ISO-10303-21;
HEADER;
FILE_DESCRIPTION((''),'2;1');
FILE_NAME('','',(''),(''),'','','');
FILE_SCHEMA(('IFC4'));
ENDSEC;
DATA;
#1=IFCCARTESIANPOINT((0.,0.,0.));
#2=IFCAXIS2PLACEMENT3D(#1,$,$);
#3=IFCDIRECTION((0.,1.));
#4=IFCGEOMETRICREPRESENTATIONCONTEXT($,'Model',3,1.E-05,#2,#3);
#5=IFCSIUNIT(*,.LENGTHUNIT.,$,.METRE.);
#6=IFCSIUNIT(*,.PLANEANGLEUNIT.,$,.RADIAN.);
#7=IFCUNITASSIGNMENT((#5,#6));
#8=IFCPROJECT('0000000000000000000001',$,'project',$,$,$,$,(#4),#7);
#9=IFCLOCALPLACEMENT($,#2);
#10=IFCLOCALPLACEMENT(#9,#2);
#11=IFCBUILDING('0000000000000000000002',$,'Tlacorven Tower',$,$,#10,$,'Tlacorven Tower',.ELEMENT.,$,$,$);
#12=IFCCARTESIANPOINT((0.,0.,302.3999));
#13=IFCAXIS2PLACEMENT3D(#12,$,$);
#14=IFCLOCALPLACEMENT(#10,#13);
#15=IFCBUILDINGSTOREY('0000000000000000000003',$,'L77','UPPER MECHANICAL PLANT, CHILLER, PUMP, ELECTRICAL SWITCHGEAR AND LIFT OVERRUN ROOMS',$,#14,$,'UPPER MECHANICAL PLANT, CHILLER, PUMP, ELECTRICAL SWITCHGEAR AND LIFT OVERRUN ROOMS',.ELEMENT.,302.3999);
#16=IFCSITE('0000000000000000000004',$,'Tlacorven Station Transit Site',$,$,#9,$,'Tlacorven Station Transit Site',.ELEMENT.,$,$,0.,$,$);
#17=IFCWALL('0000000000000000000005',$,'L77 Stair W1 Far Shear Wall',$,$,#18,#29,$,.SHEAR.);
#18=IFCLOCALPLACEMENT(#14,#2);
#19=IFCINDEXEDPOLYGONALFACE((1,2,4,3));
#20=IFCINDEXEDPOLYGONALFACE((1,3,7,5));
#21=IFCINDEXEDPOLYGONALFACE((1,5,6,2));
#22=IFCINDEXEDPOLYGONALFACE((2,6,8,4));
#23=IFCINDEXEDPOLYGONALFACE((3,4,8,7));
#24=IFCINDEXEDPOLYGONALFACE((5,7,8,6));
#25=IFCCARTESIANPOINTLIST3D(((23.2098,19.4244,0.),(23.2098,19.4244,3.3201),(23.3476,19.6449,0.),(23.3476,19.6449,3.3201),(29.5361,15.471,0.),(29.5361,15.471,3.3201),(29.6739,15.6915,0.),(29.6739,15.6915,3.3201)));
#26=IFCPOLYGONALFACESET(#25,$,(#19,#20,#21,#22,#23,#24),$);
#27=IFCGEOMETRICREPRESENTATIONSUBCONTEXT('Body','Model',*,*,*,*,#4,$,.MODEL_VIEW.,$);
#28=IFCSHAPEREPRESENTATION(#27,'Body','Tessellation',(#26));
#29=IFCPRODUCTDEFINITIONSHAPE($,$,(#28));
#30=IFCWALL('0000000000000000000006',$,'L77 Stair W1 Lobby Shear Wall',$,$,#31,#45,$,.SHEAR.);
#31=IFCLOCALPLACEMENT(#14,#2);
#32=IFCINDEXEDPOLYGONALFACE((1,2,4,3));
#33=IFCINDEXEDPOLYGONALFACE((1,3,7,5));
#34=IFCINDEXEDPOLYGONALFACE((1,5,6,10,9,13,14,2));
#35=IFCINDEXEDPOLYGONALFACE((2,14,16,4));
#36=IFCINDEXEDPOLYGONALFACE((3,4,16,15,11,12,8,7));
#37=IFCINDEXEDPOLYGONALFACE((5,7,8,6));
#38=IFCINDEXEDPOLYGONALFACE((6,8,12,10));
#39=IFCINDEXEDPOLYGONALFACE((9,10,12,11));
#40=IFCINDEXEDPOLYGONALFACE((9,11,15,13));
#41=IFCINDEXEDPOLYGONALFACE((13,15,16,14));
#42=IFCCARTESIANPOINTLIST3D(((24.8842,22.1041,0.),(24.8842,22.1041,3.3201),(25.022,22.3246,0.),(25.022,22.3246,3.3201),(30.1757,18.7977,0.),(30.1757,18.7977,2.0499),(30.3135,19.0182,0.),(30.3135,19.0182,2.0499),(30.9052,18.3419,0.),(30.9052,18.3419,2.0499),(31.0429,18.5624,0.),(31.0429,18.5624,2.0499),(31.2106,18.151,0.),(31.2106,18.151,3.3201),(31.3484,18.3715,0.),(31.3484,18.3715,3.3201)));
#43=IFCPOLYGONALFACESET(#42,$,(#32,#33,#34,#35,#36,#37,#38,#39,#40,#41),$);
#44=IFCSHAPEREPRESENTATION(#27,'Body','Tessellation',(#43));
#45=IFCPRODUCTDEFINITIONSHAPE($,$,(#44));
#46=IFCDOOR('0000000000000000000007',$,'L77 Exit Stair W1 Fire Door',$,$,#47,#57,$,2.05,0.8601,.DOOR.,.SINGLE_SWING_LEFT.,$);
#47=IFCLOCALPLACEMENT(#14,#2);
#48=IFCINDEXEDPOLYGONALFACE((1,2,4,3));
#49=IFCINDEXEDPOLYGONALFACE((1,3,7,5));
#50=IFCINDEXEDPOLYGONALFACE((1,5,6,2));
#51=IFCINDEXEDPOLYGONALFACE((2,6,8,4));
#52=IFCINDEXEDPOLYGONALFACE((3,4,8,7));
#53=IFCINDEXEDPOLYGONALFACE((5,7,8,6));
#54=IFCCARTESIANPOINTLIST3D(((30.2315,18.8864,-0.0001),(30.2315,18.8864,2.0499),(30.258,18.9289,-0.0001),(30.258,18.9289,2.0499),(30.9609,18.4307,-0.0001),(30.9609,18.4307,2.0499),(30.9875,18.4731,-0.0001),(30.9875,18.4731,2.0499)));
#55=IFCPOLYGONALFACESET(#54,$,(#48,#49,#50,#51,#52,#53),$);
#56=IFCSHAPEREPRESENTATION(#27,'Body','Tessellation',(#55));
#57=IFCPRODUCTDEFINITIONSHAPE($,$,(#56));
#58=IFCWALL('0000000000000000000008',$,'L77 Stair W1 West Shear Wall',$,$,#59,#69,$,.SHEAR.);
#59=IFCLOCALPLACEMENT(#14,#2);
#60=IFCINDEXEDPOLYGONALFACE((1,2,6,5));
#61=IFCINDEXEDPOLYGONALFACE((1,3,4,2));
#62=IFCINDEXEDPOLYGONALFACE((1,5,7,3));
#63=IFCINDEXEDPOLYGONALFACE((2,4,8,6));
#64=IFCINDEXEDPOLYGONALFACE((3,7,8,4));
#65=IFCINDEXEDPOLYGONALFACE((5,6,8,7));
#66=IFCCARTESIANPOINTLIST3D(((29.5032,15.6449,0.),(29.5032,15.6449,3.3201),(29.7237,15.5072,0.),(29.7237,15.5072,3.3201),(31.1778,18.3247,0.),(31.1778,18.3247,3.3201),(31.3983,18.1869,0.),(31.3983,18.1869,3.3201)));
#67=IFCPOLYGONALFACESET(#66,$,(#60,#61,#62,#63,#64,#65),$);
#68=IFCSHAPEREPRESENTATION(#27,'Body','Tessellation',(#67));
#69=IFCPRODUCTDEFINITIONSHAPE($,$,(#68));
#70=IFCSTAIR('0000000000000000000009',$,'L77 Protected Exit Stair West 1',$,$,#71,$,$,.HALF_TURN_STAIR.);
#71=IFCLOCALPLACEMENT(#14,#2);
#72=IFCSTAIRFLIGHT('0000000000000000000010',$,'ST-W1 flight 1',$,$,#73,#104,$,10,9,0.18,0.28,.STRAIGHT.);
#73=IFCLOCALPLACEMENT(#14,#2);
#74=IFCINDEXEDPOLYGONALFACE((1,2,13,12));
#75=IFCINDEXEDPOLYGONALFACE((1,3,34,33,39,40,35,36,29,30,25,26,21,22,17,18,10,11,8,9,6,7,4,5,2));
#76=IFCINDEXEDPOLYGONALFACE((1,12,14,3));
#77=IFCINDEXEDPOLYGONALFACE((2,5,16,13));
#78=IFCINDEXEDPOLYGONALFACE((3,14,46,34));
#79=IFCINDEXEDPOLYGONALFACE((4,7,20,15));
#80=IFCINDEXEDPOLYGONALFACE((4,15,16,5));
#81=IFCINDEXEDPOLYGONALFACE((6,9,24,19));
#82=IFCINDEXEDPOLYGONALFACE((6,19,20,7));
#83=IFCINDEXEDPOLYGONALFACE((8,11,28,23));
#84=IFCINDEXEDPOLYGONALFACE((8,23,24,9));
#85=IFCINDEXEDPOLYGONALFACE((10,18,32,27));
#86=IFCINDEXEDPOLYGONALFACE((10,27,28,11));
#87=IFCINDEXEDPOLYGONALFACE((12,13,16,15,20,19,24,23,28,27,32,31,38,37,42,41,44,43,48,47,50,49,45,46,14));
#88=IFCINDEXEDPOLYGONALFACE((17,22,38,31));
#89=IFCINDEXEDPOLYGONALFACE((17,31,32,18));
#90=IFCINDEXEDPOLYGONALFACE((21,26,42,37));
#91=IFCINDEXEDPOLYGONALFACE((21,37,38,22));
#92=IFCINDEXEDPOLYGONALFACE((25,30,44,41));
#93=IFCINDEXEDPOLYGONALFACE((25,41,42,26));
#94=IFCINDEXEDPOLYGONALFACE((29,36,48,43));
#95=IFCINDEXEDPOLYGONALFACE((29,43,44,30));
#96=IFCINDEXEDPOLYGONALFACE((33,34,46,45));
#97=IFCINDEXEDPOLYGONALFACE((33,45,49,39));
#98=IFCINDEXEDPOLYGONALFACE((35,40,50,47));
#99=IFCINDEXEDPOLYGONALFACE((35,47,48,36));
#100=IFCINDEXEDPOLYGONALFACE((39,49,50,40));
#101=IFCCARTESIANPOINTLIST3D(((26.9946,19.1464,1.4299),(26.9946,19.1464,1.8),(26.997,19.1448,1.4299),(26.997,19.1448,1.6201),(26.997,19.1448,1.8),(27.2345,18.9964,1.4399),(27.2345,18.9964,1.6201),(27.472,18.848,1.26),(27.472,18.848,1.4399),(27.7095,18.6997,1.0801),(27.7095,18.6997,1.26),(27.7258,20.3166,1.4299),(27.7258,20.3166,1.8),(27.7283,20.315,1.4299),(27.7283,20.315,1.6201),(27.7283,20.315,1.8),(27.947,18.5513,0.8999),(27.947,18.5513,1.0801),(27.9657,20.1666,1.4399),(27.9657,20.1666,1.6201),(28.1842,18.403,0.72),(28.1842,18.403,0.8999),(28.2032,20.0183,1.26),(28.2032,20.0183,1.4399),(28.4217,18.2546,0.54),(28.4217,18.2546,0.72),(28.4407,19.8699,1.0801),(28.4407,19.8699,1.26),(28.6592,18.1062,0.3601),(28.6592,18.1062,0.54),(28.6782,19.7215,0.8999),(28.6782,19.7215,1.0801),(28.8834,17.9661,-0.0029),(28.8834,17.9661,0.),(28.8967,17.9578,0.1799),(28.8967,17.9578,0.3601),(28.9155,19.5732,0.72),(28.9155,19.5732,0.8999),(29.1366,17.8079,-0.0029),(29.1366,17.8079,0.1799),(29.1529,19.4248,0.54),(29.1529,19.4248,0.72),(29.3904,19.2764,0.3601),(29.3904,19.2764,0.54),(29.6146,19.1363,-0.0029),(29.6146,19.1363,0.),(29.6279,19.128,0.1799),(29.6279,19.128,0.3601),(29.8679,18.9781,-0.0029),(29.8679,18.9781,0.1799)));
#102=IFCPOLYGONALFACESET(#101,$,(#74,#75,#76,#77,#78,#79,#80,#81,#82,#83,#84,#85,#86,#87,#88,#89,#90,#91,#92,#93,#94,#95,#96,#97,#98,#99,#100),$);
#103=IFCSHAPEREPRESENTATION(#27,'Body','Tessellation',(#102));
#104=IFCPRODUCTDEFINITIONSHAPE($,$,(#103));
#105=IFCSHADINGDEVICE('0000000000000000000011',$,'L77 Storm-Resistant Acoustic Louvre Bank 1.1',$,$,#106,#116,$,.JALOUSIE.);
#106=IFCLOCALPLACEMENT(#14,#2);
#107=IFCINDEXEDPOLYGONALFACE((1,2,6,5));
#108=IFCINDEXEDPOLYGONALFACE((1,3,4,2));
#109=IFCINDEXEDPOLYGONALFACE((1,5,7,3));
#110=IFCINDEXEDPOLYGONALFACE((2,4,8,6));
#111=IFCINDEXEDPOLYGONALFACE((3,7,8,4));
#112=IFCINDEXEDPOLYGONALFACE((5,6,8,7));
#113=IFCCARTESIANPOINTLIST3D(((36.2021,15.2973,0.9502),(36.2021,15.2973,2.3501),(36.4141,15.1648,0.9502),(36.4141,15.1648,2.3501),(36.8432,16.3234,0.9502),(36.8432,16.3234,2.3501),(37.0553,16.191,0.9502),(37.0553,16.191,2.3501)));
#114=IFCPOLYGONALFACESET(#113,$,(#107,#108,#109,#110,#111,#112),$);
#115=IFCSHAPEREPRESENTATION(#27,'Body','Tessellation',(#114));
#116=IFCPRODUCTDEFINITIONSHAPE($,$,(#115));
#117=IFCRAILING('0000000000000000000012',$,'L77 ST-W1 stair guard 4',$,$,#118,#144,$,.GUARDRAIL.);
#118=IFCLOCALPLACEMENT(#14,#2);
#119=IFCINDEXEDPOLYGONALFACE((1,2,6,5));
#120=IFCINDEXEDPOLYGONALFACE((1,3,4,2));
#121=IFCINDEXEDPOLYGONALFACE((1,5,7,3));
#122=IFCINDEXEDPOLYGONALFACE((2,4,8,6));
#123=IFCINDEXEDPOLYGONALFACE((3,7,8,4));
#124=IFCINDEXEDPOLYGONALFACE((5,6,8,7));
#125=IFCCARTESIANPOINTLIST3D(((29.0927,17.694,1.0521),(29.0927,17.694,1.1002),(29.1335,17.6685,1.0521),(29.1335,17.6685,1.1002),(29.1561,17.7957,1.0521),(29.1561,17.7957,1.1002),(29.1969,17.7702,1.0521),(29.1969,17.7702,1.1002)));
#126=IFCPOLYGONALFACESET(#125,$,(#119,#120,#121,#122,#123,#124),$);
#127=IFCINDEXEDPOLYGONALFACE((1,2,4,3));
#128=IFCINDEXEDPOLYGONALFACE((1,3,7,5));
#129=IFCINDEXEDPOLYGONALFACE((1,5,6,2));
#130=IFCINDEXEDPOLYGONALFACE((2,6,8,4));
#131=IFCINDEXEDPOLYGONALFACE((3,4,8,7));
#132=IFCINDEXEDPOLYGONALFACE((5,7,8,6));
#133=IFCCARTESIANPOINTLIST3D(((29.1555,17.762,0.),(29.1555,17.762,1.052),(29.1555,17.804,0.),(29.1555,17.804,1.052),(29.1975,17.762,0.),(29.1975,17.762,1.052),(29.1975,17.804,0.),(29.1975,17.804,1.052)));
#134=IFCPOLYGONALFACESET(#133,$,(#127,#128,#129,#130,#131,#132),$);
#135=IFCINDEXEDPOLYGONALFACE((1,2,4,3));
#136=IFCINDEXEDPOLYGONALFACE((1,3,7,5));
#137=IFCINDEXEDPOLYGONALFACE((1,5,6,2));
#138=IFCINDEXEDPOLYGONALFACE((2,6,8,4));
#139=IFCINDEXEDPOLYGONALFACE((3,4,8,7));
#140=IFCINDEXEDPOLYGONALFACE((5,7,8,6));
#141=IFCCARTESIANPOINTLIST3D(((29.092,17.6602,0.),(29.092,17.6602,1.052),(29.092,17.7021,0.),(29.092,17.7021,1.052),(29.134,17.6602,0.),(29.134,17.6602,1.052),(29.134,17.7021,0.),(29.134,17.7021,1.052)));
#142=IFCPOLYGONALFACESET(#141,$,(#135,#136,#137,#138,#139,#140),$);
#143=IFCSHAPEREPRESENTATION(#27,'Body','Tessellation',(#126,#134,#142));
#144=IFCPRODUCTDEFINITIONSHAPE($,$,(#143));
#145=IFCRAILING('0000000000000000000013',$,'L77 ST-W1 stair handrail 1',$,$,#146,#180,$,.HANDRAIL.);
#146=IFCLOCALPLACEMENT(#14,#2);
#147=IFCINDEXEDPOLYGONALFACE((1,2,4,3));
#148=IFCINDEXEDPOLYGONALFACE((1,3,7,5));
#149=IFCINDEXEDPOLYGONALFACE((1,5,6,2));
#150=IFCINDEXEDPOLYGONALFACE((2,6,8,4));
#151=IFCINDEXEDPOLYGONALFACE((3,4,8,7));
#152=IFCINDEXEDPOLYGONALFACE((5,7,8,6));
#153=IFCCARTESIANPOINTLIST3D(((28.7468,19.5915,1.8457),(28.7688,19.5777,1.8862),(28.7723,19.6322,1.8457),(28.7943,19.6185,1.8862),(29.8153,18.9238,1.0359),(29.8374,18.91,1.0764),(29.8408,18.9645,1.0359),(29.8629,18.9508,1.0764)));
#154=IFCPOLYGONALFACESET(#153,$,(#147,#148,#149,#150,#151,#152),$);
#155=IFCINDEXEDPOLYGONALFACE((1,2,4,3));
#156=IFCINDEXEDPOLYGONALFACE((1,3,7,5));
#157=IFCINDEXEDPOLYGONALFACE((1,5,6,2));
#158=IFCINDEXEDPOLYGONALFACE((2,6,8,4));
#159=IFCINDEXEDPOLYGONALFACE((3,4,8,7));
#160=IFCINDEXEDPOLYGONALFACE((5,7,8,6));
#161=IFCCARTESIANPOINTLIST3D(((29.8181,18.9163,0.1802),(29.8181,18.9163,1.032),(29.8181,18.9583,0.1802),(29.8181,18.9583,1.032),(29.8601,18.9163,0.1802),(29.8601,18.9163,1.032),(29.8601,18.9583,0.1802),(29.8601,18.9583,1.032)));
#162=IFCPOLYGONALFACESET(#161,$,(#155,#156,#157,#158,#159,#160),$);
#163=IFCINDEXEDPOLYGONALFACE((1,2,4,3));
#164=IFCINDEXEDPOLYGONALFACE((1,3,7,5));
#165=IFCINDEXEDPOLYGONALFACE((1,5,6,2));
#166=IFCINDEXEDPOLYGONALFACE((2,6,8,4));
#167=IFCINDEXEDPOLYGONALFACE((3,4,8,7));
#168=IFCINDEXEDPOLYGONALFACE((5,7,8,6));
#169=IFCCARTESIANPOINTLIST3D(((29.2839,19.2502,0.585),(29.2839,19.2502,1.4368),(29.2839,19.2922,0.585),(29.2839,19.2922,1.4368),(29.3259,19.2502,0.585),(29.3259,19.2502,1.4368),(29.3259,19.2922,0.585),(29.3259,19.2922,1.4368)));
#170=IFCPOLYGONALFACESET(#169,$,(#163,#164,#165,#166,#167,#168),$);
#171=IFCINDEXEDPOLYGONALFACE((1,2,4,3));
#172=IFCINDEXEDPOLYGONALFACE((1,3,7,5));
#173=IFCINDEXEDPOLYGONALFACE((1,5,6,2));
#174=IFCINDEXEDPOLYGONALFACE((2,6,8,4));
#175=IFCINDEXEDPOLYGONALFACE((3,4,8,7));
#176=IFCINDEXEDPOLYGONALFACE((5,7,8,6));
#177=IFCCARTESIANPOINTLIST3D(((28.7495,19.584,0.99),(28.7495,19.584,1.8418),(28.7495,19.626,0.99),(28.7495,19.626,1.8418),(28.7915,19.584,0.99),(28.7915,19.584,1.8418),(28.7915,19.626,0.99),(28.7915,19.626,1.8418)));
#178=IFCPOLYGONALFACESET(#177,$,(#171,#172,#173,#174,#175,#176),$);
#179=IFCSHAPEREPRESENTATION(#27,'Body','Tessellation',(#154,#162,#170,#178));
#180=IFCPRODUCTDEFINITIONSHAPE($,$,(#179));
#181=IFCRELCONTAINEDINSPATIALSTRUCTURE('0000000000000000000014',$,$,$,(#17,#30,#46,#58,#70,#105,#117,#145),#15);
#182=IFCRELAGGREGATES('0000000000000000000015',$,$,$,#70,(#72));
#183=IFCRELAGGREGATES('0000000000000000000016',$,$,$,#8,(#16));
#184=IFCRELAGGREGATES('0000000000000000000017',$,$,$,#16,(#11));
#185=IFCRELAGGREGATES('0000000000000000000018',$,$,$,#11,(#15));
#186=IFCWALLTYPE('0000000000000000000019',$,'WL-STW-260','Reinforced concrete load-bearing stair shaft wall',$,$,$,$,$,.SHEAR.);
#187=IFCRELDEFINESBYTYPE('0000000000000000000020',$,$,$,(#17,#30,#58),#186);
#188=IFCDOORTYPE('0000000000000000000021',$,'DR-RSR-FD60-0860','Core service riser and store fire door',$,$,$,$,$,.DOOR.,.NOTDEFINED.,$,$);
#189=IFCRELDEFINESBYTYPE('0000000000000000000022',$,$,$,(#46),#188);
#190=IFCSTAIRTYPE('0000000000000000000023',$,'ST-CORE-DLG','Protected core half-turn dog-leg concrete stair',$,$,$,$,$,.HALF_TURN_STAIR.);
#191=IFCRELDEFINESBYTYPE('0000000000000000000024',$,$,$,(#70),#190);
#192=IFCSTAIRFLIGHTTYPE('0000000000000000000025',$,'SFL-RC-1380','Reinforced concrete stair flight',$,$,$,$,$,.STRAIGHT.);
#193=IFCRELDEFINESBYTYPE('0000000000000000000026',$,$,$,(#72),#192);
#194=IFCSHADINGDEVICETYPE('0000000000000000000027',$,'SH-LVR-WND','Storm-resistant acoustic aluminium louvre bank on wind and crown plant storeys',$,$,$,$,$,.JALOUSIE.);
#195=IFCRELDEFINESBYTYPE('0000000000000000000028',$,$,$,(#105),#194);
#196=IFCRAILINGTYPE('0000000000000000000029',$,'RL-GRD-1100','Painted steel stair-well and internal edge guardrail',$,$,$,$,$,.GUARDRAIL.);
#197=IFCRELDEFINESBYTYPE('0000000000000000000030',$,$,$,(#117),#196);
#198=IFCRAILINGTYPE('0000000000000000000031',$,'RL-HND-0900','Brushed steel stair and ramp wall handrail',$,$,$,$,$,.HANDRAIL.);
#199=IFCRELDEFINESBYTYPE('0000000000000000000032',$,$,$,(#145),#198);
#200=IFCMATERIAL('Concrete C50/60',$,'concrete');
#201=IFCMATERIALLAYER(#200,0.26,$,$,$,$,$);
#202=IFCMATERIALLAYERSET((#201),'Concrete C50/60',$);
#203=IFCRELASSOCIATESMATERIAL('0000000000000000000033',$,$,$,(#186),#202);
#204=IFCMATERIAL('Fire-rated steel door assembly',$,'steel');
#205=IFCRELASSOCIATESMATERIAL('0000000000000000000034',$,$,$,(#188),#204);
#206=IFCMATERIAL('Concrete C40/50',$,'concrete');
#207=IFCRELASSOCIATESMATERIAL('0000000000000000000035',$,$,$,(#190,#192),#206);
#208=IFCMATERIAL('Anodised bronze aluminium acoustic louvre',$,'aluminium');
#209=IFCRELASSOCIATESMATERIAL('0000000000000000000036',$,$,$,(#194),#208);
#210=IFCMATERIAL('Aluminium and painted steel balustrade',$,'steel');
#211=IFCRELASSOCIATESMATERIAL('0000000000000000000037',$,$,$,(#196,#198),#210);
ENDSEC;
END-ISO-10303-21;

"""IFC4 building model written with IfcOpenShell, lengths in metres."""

from ifc_helpers import new_model, si_unit, direction, frame, frame_2d, origin, origin_2d, place, context, subcontext, project, spatial, polyline, rectangle, outline, extrude, source, transform, mapped, material, layer, layer_set, type_object, element, fill, aggregate, save


model = new_model("IFC4")

# Units and contexts
model_context = context("Model", 3, precision=1e-05, world=origin(), true_north=direction((0.0, 1.0)))
body_context = subcontext(model_context, "Body", "Model", "MODEL_VIEW")
ifc_project = project(units=[si_unit("LENGTHUNIT", "METRE"), si_unit("PLANEANGLEUNIT", "RADIAN")], contexts=[model_context])

# Site, building, storey
site_placement = place(None, origin())
site = spatial("IfcSite", under=ifc_project, at=site_placement, Name="Tlacorven Station Transit Site", LongName="Tlacorven Station Transit Site", CompositionType="ELEMENT", RefElevation=0.0)
building_placement = place(site_placement, origin())
building = spatial("IfcBuilding", under=site, at=building_placement, Name="Tlacorven Tower", LongName="Tlacorven Tower", CompositionType="ELEMENT")
storey_placement = place(building_placement, frame((0.0, 0.0, 302.3999)))
storey = spatial("IfcBuildingStorey", under=building, at=storey_placement, Name="L77", Description="UPPER MECHANICAL PLANT, CHILLER, PUMP, ELECTRICAL SWITCHGEAR AND LIFT OVERRUN ROOMS", LongName="UPPER MECHANICAL PLANT, CHILLER, PUMP, ELECTRICAL SWITCHGEAR AND LIFT OVERRUN ROOMS", CompositionType="ELEMENT", Elevation=302.3999)

# Shared definitions
ifc_material_1 = material(Name="Concrete C50/60", Category="concrete")

# Shared definitions
ifc_material_2 = material(Name="Concrete C40/50", Category="concrete")
ifc_material_3 = material(Name="Fire-rated steel door assembly", Category="steel")

# Wall
ifc_layer_1 = layer(ifc_material_1, 0.26)
ifc_layer_set_1 = layer_set([ifc_layer_1], Name="Concrete C50/60")
wall_type_1 = type_object("IfcWallType", Name="WL-STW-260", Description="Reinforced concrete load-bearing stair shaft wall", PredefinedType="SHEAR", material=ifc_layer_set_1)
wall_1_placement = place(storey_placement, frame((29.605, 15.5813, 0.0), z_axis=(0.0, 0.0, 1.0), x_axis=(-0.848037, 0.529937, 0.0)))
element("IfcWall", 1, at=wall_1_placement, inside=storey, type_object=wall_type_1, Name="L77 Stair W1 Far Shear Wall", PredefinedType="SHEAR", context=body_context, shape_type="SweptSolid", body=[
    extrude(rectangle(XDim=7.46, YDim=0.26, at=frame_2d((3.73, 0.0))), origin(), (0.0, 0.0, 1.0), 3.3201),
])

# Wall, opening, door
wall_2_placement = place(storey_placement, frame((31.2795, 18.2612, 0.0), z_axis=(0.0, 0.0, 1.0), x_axis=(-0.848052, 0.529914, 0.0)))
wall_2 = element("IfcWall", 2, at=wall_2_placement, inside=storey, type_object=wall_type_1, Name="L77 Stair W1 Lobby Shear Wall", PredefinedType="SHEAR", context=body_context, shape_type="SweptSolid", body=[
    extrude(rectangle(XDim=7.46, YDim=0.26, at=frame_2d((3.73, 0.0))), origin(), (0.0, 0.0, 1.0), 3.3201),
])
opening_1_placement = place(wall_2_placement, frame((0.3601, 0.0, 0.0)))
opening_1 = element("IfcOpeningElement", 3, at=opening_1_placement, cuts=wall_2, PredefinedType="OPENING", context=body_context, shape_type="SweptSolid", body=[
    extrude(rectangle(XDim=0.8601, YDim=2.05, at=frame_2d((0.4302, 1.0249))), frame((0.0, 0.1401, 0.0), z_axis=(0.0, -1.0, 0.0), x_axis=(1.0, 0.0, 0.0)), (0.0, 0.0, 1.0), 0.28),
])
door_type_1 = type_object("IfcDoorType", Name="DR-RSR-FD60-0860", Description="Core service riser and store fire door", OperationType="NOTDEFINED", PredefinedType="DOOR", material=ifc_material_3)
shared_shape_1 = source(origin(), body_context, "Body", "SweptSolid", [
    extrude(rectangle(XDim=0.8601, YDim=2.05, at=frame_2d((0.4302, 1.0249))), frame((0.0, 0.0249, 0.0), z_axis=(0.0, -1.0, 0.0), x_axis=(1.0, 0.0, 0.0)), (0.0, 0.0, 1.0), 0.05),
])
door_1_placement = place(opening_1_placement, frame((0.8601, 0.0, 0.0), z_axis=(0.0, 0.0, 1.0), x_axis=(-1.0, 0.0, 0.0)))
door_1 = element("IfcDoor", 4, at=door_1_placement, inside=storey, type_object=door_type_1, Name="L77 Exit Stair W1 Fire Door", OperationType="SINGLE_SWING_LEFT", OverallHeight=2.05, OverallWidth=0.8601, PredefinedType="DOOR", context=body_context, shape_type="MappedRepresentation", body=[
    mapped(shared_shape_1, transform((0.0, 0.0, 0.0), scale=1.0)),
])
fill(opening_1, door_1)

# Wall
wall_3_placement = place(storey_placement, frame((31.2881, 18.2559, 0.0), z_axis=(0.0, 0.0, 1.0), x_axis=(-0.529943, -0.848033, 0.0)))
element("IfcWall", 5, at=wall_3_placement, inside=storey, type_object=wall_type_1, Name="L77 Stair W1 West Shear Wall", PredefinedType="SHEAR", context=body_context, shape_type="SweptSolid", body=[
    extrude(rectangle(XDim=3.1599, YDim=0.26, at=frame_2d((1.5801, 0.0))), origin(), (0.0, 0.0, 1.0), 3.3201),
])

# Stair, stair flight
stair_type = type_object("IfcStairType", Name="ST-CORE-DLG", Description="Protected core half-turn dog-leg concrete stair", PredefinedType="HALF_TURN_STAIR", material=ifc_material_2)
stair_placement = place(storey_placement, origin())
stair = element("IfcStair", 6, at=stair_placement, inside=storey, type_object=stair_type, Name="L77 Protected Exit Stair West 1", PredefinedType="HALF_TURN_STAIR")
stair_flight_type = type_object("IfcStairFlightType", Name="SFL-RC-1380", Description="Reinforced concrete stair flight", PredefinedType="STRAIGHT", material=ifc_material_2)
shared_shape_2 = source(origin(), body_context, "Body", "SweptSolid", [
    extrude(outline(polyline([(-0.0029, -0.0029), (-0.0029, 0.1799), (0.28, 0.1799), (0.28, 0.3601), (0.5601, 0.3601), (0.5601, 0.54), (0.8401, 0.54), (0.8401, 0.72), (1.1201, 0.72), (1.1201, 0.8999), (1.3999, 0.8999), (1.3999, 1.0801), (1.6799, 1.0801), (1.6799, 1.26), (1.96, 1.26), (1.96, 1.4399), (2.24, 1.4399), (2.24, 1.6201), (2.52, 1.6201), (2.52, 1.8), (2.5229, 1.8), (2.5229, 1.4299), (2.52, 1.4299), (0.2957, 0.0), (0.2957, -0.0029), (-0.0029, -0.0029)])), frame((0.0, 0.6899, 0.0), z_axis=(0.0, -1.0, 0.0), x_axis=(1.0, 0.0, 0.0)), (0.0, 0.0, 1.0), 1.3799),
])
stair_flight_placement = place(storey_placement, frame((29.4998, 18.3945, 0.0), z_axis=(0.0, 0.0, 1.0), x_axis=(-0.848048, 0.529919, 0.0)))
stair_flight = element("IfcStairFlight", 7, at=stair_flight_placement, type_object=stair_flight_type, Name="ST-W1 flight 1", NumberOfRisers=10, NumberOfTreads=9, PredefinedType="STRAIGHT", RiserHeight=0.18, TreadLength=0.28, context=body_context, shape_type="MappedRepresentation", body=[
    mapped(shared_shape_2, transform((0.0, 0.0, 0.0), scale=1.0)),
])
aggregate(stair, [stair_flight])

# Shading device
ifc_material_4 = material(Name="Anodised bronze aluminium acoustic louvre", Category="aluminium")
shading_device_type = type_object("IfcShadingDeviceType", Name="SH-LVR-WND", Description="Storm-resistant acoustic aluminium louvre bank on wind and crown plant storeys", PredefinedType="JALOUSIE", material=ifc_material_4)
shared_shape_3 = source(origin(), body_context, "Body", "SweptSolid", [
    extrude(rectangle(XDim=1.21, YDim=0.25, at=origin_2d()), origin(), (0.0, 0.0, 1.0), 1.3999),
])
shading_device_placement = place(storey_placement, frame((36.6287, 15.7441, 0.9502), z_axis=(0.0, 0.0, 1.0), x_axis=(-0.529919, -0.848048, 0.0)))
element("IfcShadingDevice", 8, at=shading_device_placement, inside=storey, type_object=shading_device_type, Name="L77 Storm-Resistant Acoustic Louvre Bank 1.1", PredefinedType="JALOUSIE", context=body_context, shape_type="MappedRepresentation", body=[
    mapped(shared_shape_3, transform((0.0, 0.0, 0.0), scale=1.0)),
])

# Railings
ifc_material_5 = material(Name="Aluminium and painted steel balustrade", Category="steel")
railing_type_1 = type_object("IfcRailingType", Name="RL-GRD-1100", Description="Painted steel stair-well and internal edge guardrail", PredefinedType="GUARDRAIL", material=ifc_material_5)
shared_shape_4 = source(origin(), body_context, "Body", "SweptSolid", [
    extrude(rectangle(XDim=0.0481, YDim=0.0481, at=origin_2d()), frame((0.0, 0.0, 1.0762), z_axis=(-0.529084, -0.848569, 0.0), x_axis=(0.848569, -0.529084, 0.0)), (0.0, 0.0, 1.0), 0.1199),
    extrude(rectangle(XDim=0.042, YDim=0.042, at=origin_2d()), origin(), (0.0, 0.0, 1.0), 1.052),
    extrude(rectangle(XDim=0.042, YDim=0.042, at=origin_2d()), frame((-0.0635, -0.1018, 0.0)), (0.0, 0.0, 1.0), 1.052),
])
railing_1_placement = place(storey_placement, frame((29.1765, 17.783, 0.0)))
element("IfcRailing", 9, at=railing_1_placement, inside=storey, type_object=railing_type_1, Name="L77 ST-W1 stair guard 4", PredefinedType="GUARDRAIL", context=body_context, shape_type="MappedRepresentation", body=[
    mapped(shared_shape_4, transform((0.0, 0.0, 0.0), scale=1.0)),
])
railing_type_2 = type_object("IfcRailingType", Name="RL-HND-0900", Description="Brushed steel stair and ramp wall handrail", PredefinedType="HANDRAIL", material=ifc_material_5)
shared_shape_5 = source(origin(), body_context, "Body", "SweptSolid", [
    extrude(rectangle(XDim=0.0481, YDim=0.0481, at=origin_2d()), frame((0.0, 0.0, 0.876), z_axis=(-0.713423, 0.445787, 0.540649), x_axis=(-0.529912, -0.848053, 0.0)), (0.0, 0.0, 1.0), 1.4978),
    extrude(rectangle(XDim=0.042, YDim=0.042, at=origin_2d()), origin(), (0.0, 0.0, 1.0), 0.8518),
    extrude(rectangle(XDim=0.042, YDim=0.042, at=origin_2d()), frame((-0.5342, 0.334, 0.4048)), (0.0, 0.0, 1.0), 0.8518),
    extrude(rectangle(XDim=0.042, YDim=0.042, at=origin_2d()), frame((-1.0686, 0.6677, 0.8098)), (0.0, 0.0, 1.0), 0.8518),
])
railing_2_placement = place(storey_placement, frame((29.8391, 18.9373, 0.1802)))
element("IfcRailing", 10, at=railing_2_placement, inside=storey, type_object=railing_type_2, Name="L77 ST-W1 stair handrail 1", PredefinedType="HANDRAIL", context=body_context, shape_type="MappedRepresentation", body=[
    mapped(shared_shape_5, transform((0.0, 0.0, 0.0), scale=1.0)),
])

save(model, "model.ifc")
